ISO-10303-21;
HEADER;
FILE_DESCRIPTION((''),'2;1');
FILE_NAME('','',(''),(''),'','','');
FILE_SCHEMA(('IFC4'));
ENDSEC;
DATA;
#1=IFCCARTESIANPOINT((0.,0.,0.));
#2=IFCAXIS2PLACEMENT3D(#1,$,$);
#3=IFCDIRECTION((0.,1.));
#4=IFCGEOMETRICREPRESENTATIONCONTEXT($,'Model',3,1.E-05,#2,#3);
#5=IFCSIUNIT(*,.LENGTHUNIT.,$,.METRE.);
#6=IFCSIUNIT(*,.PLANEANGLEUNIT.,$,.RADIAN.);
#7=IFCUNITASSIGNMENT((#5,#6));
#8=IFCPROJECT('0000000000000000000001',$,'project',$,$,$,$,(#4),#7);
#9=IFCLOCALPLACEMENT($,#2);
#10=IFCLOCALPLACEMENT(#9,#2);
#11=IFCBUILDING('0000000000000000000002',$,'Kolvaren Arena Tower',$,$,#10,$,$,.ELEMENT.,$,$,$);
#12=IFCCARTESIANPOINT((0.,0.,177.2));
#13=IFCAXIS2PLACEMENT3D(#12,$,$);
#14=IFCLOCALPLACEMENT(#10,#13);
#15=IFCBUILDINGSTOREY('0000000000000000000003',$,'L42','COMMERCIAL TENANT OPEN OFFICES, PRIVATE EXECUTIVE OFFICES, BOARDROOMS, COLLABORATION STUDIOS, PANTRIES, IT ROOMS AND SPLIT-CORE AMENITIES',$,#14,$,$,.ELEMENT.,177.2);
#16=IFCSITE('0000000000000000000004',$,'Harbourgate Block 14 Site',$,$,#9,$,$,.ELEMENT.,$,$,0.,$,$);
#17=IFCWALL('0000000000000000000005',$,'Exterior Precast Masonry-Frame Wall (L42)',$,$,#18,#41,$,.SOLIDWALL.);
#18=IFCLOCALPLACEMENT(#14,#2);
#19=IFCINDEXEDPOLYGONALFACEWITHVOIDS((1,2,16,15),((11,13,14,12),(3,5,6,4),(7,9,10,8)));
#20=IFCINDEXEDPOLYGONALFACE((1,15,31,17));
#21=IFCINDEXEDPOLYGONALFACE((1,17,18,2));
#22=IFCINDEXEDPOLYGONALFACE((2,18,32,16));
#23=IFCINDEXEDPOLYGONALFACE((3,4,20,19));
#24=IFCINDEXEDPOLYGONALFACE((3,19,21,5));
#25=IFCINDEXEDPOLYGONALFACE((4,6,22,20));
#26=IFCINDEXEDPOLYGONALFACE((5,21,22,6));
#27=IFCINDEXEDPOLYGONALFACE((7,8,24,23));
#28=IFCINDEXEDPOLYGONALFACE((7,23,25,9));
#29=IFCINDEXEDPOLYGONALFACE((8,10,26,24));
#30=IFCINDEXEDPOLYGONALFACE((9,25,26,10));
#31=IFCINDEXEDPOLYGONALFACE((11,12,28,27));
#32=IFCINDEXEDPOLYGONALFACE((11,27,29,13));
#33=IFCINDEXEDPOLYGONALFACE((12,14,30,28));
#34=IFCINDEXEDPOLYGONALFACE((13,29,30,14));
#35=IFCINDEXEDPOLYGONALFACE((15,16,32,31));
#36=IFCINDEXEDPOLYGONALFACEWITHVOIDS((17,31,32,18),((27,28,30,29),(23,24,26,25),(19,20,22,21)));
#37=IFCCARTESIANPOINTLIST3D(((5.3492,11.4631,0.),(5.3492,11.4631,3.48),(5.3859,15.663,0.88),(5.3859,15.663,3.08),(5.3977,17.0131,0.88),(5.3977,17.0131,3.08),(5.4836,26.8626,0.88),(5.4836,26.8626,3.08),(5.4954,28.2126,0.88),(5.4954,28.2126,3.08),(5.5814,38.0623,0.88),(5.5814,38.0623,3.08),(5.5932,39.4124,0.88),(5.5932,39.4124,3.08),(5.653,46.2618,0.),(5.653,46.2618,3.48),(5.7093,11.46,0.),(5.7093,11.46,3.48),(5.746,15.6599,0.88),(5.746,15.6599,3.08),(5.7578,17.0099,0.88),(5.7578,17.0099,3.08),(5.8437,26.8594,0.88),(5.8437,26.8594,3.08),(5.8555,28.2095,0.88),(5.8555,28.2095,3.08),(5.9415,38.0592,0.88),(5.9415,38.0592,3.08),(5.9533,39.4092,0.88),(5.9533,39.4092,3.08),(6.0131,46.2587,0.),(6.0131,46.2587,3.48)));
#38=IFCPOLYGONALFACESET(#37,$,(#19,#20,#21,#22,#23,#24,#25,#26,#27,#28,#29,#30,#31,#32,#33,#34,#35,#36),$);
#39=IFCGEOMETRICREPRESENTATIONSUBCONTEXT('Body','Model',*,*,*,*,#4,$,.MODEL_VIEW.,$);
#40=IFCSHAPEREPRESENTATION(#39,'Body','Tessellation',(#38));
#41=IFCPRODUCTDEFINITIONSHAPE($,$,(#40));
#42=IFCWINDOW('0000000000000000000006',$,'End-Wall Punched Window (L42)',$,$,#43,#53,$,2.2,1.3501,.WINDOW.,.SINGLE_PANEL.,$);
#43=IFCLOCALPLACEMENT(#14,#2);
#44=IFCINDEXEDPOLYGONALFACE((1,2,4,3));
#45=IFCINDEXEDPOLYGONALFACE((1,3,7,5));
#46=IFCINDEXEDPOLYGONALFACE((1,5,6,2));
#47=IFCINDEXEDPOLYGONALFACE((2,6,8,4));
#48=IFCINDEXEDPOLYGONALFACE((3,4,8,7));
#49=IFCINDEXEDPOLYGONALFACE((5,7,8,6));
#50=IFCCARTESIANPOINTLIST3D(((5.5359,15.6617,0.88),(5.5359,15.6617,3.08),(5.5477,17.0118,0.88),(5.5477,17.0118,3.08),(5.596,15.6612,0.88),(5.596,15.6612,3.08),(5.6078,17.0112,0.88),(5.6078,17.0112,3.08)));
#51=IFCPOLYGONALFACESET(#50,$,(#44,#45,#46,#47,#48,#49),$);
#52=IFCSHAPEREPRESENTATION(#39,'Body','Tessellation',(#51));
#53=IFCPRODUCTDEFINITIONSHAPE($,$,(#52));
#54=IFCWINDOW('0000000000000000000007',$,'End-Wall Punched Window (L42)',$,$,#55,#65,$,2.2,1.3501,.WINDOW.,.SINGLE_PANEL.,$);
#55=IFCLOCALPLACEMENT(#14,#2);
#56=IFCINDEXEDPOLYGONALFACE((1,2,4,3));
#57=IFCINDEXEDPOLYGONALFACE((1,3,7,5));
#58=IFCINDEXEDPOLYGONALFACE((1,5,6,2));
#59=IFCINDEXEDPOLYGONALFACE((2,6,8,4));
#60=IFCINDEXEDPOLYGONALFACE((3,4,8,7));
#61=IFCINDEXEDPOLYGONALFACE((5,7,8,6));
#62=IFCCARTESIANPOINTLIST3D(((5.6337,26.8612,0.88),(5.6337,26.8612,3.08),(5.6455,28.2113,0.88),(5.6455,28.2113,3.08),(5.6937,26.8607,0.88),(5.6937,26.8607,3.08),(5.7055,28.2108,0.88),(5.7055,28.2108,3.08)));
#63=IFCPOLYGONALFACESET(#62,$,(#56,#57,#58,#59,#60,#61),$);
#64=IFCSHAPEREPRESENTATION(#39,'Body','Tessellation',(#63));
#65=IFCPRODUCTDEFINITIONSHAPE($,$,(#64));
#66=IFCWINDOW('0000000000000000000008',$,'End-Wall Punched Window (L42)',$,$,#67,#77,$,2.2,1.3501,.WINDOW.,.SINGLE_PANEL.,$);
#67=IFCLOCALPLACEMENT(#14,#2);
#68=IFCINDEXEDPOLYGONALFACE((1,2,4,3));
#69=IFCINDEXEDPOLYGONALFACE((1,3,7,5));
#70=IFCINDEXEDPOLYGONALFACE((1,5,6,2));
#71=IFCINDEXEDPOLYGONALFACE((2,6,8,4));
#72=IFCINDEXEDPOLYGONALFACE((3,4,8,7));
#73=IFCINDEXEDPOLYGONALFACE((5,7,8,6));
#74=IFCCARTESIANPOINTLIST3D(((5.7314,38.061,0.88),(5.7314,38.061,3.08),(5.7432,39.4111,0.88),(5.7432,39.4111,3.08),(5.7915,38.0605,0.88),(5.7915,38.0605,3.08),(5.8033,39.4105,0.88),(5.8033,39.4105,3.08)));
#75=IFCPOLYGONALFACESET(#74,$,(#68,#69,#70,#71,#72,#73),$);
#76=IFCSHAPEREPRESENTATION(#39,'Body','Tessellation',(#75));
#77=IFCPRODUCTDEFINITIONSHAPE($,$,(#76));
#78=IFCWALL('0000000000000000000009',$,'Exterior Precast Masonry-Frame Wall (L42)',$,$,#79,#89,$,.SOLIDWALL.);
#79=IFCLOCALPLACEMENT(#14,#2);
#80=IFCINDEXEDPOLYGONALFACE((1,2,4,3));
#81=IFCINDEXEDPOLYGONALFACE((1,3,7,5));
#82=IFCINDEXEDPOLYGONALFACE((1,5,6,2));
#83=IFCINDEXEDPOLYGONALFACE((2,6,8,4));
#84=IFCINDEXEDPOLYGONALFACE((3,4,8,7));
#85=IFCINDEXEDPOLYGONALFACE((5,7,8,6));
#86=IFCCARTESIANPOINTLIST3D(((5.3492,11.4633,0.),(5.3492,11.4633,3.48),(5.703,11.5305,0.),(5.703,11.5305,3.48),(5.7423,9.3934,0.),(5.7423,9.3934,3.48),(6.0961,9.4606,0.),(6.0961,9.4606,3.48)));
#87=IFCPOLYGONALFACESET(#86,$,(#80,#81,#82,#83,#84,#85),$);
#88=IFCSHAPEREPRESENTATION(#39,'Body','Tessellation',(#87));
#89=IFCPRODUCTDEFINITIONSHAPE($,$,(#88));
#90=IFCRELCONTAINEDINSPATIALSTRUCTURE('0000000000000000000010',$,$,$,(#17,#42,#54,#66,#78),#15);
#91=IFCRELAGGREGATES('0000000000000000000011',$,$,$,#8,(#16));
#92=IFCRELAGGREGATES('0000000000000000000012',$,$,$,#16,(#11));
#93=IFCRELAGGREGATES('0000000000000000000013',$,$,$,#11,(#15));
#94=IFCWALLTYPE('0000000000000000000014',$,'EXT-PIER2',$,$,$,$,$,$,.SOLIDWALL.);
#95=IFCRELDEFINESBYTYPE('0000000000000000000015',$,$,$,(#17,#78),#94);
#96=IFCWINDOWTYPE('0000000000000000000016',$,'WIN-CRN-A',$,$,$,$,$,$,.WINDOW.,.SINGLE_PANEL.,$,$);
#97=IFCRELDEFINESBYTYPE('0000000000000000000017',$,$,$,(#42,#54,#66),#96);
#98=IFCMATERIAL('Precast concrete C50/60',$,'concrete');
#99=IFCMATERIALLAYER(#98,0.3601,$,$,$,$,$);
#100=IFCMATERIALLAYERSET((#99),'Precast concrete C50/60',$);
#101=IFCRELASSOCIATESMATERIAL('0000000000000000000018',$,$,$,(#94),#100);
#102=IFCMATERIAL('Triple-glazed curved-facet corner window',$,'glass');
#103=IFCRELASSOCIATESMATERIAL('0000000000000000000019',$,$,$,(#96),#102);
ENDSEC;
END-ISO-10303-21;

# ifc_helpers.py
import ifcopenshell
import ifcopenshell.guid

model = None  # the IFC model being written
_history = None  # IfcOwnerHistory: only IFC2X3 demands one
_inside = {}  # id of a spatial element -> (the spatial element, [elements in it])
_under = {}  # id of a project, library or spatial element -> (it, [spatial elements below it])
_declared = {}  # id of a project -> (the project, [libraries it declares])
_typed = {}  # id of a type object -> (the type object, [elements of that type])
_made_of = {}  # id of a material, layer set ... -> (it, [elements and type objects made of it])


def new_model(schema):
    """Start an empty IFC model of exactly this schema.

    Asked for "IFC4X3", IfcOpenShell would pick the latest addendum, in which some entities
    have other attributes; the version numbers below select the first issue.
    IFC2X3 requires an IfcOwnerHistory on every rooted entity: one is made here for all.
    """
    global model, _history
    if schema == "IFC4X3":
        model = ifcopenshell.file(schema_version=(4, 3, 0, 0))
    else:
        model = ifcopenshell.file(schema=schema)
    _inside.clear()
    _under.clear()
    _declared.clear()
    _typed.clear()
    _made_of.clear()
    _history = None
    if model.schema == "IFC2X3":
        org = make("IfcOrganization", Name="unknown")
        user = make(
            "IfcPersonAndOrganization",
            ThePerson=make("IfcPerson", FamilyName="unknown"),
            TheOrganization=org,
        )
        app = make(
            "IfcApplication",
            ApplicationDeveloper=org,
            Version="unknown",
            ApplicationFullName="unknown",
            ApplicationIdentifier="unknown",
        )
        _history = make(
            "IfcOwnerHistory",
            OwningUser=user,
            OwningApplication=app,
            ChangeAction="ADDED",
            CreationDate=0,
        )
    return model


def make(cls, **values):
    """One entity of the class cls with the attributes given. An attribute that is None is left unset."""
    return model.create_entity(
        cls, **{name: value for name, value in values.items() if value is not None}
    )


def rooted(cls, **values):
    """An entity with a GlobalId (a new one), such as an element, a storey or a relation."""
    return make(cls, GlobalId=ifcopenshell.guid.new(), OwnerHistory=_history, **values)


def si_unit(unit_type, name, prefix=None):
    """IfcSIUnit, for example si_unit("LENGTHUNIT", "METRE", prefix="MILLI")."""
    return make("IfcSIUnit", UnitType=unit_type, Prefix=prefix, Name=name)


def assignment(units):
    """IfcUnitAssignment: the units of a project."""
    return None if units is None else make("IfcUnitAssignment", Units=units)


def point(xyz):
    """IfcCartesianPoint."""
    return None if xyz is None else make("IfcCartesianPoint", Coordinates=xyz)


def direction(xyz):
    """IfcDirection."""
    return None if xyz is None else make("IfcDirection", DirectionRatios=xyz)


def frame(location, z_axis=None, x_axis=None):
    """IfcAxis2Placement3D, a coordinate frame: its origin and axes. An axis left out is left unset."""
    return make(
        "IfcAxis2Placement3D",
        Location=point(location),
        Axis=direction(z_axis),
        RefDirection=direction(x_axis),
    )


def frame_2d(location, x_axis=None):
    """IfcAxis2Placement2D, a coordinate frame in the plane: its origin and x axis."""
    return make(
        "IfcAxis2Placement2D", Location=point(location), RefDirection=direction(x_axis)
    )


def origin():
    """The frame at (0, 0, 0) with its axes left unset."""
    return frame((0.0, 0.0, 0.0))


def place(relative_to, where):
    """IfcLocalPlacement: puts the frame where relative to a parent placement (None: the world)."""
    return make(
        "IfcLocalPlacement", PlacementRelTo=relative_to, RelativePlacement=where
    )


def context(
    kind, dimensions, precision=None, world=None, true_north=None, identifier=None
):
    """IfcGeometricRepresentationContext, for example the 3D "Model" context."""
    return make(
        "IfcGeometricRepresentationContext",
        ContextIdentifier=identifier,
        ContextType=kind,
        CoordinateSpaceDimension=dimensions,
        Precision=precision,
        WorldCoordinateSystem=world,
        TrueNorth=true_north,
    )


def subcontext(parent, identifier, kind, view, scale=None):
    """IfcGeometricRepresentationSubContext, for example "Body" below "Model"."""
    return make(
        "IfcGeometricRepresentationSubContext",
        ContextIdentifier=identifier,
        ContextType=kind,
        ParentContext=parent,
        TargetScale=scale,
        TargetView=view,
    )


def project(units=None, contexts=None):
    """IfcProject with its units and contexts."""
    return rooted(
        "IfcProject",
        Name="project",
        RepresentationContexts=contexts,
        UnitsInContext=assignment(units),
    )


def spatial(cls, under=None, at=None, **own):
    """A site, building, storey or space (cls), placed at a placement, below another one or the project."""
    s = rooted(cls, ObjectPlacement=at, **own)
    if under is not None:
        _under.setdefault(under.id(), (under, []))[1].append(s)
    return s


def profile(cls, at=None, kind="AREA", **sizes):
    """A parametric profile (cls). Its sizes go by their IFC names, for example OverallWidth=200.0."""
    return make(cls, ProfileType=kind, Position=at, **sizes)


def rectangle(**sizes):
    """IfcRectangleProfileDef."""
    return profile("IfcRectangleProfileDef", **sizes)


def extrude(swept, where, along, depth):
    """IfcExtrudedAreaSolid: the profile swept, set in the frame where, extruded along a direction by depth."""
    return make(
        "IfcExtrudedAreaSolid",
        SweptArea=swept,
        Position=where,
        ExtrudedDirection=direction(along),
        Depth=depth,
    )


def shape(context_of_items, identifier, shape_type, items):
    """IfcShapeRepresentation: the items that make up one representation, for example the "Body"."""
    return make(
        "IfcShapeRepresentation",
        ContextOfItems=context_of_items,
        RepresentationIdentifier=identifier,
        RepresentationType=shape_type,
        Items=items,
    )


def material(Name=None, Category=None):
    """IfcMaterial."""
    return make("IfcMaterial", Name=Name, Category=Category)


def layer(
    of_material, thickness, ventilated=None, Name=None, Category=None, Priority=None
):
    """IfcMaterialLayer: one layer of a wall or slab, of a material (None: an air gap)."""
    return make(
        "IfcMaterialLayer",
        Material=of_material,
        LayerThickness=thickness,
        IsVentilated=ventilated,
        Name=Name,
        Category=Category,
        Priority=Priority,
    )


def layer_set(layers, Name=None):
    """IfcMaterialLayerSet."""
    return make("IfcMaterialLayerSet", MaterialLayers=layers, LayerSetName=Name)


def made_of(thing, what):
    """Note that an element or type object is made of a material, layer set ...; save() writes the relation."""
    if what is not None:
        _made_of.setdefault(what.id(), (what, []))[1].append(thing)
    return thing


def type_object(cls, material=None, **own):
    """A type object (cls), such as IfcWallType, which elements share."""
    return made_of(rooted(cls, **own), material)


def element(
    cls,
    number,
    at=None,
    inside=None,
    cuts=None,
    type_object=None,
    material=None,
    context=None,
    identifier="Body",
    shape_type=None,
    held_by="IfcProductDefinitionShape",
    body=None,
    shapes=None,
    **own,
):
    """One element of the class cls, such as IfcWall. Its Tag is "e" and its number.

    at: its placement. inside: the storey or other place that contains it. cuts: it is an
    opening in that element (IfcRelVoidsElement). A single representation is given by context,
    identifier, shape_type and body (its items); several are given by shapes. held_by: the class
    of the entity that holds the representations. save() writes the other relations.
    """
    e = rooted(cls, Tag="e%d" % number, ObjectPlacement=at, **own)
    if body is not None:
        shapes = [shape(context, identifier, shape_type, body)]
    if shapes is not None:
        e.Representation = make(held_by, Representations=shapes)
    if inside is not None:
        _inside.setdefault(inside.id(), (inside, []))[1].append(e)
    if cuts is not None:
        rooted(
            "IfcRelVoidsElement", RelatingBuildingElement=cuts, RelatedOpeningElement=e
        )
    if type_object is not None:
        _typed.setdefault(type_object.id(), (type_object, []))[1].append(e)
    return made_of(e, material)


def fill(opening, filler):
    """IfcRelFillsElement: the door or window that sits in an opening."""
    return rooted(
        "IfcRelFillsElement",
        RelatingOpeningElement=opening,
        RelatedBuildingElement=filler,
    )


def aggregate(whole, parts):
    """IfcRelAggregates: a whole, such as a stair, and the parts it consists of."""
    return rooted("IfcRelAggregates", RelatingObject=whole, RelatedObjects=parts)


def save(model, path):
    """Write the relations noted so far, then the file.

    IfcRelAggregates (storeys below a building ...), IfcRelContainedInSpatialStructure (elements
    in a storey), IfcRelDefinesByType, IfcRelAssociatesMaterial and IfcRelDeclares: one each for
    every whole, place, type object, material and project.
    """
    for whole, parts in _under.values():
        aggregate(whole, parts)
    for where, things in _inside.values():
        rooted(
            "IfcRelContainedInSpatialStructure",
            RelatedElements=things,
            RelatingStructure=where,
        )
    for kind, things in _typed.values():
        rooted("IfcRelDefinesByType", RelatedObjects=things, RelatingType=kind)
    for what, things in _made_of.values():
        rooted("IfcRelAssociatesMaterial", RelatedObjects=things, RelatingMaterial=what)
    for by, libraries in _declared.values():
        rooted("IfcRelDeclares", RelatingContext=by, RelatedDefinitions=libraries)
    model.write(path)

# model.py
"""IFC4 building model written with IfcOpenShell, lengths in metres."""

from ifc_helpers import new_model, si_unit, direction, frame, frame_2d, origin, place, context, subcontext, project, spatial, rectangle, extrude, material, layer, layer_set, type_object, element, fill, save


model = new_model("IFC4")

# Units and contexts
model_context = context("Model", 3, precision=1e-05, world=origin(), true_north=direction((0.0, 1.0)))
body_context = subcontext(model_context, "Body", "Model", "MODEL_VIEW")
ifc_project = project(units=[si_unit("LENGTHUNIT", "METRE"), si_unit("PLANEANGLEUNIT", "RADIAN")], contexts=[model_context])

# Site, building, storey
site_placement = place(None, origin())
site = spatial("IfcSite", under=ifc_project, at=site_placement, Name="Harbourgate Block 14 Site", CompositionType="ELEMENT", RefElevation=0.0)
building_placement = place(site_placement, origin())
building = spatial("IfcBuilding", under=site, at=building_placement, Name="Kolvaren Arena Tower", CompositionType="ELEMENT")
storey_placement = place(building_placement, frame((0.0, 0.0, 177.2)))
storey = spatial("IfcBuildingStorey", under=building, at=storey_placement, Name="L42", Description="COMMERCIAL TENANT OPEN OFFICES, PRIVATE EXECUTIVE OFFICES, BOARDROOMS, COLLABORATION STUDIOS, PANTRIES, IT ROOMS AND SPLIT-CORE AMENITIES", CompositionType="ELEMENT", Elevation=177.2)

# Wall, openings, windows
ifc_material_1 = material(Name="Precast concrete C50/60", Category="concrete")
ifc_layer_1 = layer(ifc_material_1, 0.3601)
ifc_layer_set_1 = layer_set([ifc_layer_1], Name="Precast concrete C50/60")
wall_type_1 = type_object("IfcWallType", Name="EXT-PIER2", PredefinedType="SOLIDWALL", material=ifc_layer_set_1)
wall_1_placement = place(storey_placement, frame((5.5293, 11.4617, 0.0), z_axis=(0.0, 0.0, 1.0), x_axis=(0.008727, 0.999962, 0.0)))
wall_1 = element("IfcWall", 1, at=wall_1_placement, inside=storey, type_object=wall_type_1, Name="Exterior Precast Masonry-Frame Wall (L42)", PredefinedType="SOLIDWALL", context=body_context, shape_type="SweptSolid", body=[
    extrude(rectangle(XDim=34.8, YDim=0.3601, at=frame_2d((17.3999, 0.0))), origin(), (0.0, 0.0, 1.0), 3.48),
])
opening_1_placement = place(wall_1_placement, frame((4.2, 0.0, 0.8799)))
opening_1 = element("IfcOpeningElement", 2, at=opening_1_placement, cuts=wall_1, PredefinedType="OPENING", context=body_context, shape_type="SweptSolid", body=[
    extrude(rectangle(XDim=1.3501, YDim=2.2, at=frame_2d((0.675, 1.1001))), frame((0.0, 0.1899, 0.0), z_axis=(0.0, -1.0, 0.0), x_axis=(1.0, 0.0, 0.0)), (0.0, 0.0, 1.0), 0.3801),
])
opening_2_placement = place(wall_1_placement, frame((15.3999, 0.0, 0.8799)))
opening_2 = element("IfcOpeningElement", 3, at=opening_2_placement, cuts=wall_1, PredefinedType="OPENING", context=body_context, shape_type="SweptSolid", body=[
    extrude(rectangle(XDim=1.3501, YDim=2.2, at=frame_2d((0.675, 1.1001))), frame((0.0, 0.1899, 0.0), z_axis=(0.0, -1.0, 0.0), x_axis=(1.0, 0.0, 0.0)), (0.0, 0.0, 1.0), 0.3801),
])
opening_3_placement = place(wall_1_placement, frame((26.6001, 0.0, 0.8799)))
opening_3 = element("IfcOpeningElement", 4, at=opening_3_placement, cuts=wall_1, PredefinedType="OPENING", context=body_context, shape_type="SweptSolid", body=[
    extrude(rectangle(XDim=1.3501, YDim=2.2, at=frame_2d((0.675, 1.1001))), frame((0.0, 0.1899, 0.0), z_axis=(0.0, -1.0, 0.0), x_axis=(1.0, 0.0, 0.0)), (0.0, 0.0, 1.0), 0.3801),
])
ifc_material_2 = material(Name="Triple-glazed curved-facet corner window", Category="glass")
window_type = type_object("IfcWindowType", Name="WIN-CRN-A", PartitioningType="SINGLE_PANEL", PredefinedType="WINDOW", material=ifc_material_2)
window_1_placement = place(opening_1_placement, origin())
window_1 = element("IfcWindow", 5, at=window_1_placement, inside=storey, type_object=window_type, Name="End-Wall Punched Window (L42)", OverallHeight=2.2, OverallWidth=1.3501, PartitioningType="SINGLE_PANEL", PredefinedType="WINDOW", context=body_context, shape_type="SweptSolid", body=[
    extrude(rectangle(XDim=1.3501, YDim=2.2, at=frame_2d((0.675, 1.1001))), frame((0.0, 0.03, 0.0), z_axis=(0.0, -1.0, 0.0), x_axis=(1.0, 0.0, 0.0)), (0.0, 0.0, 1.0), 0.0601),
])
fill(opening_1, window_1)
window_2_placement = place(opening_2_placement, origin())
window_2 = element("IfcWindow", 6, at=window_2_placement, inside=storey, type_object=window_type, Name="End-Wall Punched Window (L42)", OverallHeight=2.2, OverallWidth=1.3501, PartitioningType="SINGLE_PANEL", PredefinedType="WINDOW", context=body_context, shape_type="SweptSolid", body=[
    extrude(rectangle(XDim=1.3501, YDim=2.2, at=frame_2d((0.675, 1.1001))), frame((0.0, 0.03, 0.0), z_axis=(0.0, -1.0, 0.0), x_axis=(1.0, 0.0, 0.0)), (0.0, 0.0, 1.0), 0.0601),
])
fill(opening_2, window_2)
window_3_placement = place(opening_3_placement, origin())
window_3 = element("IfcWindow", 7, at=window_3_placement, inside=storey, type_object=window_type, Name="End-Wall Punched Window (L42)", OverallHeight=2.2, OverallWidth=1.3501, PartitioningType="SINGLE_PANEL", PredefinedType="WINDOW", context=body_context, shape_type="SweptSolid", body=[
    extrude(rectangle(XDim=1.3501, YDim=2.2, at=frame_2d((0.675, 1.1001))), frame((0.0, 0.03, 0.0), z_axis=(0.0, -1.0, 0.0), x_axis=(1.0, 0.0, 0.0)), (0.0, 0.0, 1.0), 0.0601),
])
fill(opening_3, window_3)

# Wall
wall_2_placement = place(storey_placement, frame((5.9192, 9.427, 0.0), z_axis=(0.0, 0.0, 1.0), x_axis=(-0.186569, 0.982442, 0.0)))
element("IfcWall", 8, at=wall_2_placement, inside=storey, type_object=wall_type_1, Name="Exterior Precast Masonry-Frame Wall (L42)", PredefinedType="SOLIDWALL", context=body_context, shape_type="SweptSolid", body=[
    extrude(rectangle(XDim=2.1069, YDim=0.3601, at=frame_2d((1.0535, 0.0))), origin(), (0.0, 0.0, 1.0), 3.48),
])

save(model, "model.ifc")
